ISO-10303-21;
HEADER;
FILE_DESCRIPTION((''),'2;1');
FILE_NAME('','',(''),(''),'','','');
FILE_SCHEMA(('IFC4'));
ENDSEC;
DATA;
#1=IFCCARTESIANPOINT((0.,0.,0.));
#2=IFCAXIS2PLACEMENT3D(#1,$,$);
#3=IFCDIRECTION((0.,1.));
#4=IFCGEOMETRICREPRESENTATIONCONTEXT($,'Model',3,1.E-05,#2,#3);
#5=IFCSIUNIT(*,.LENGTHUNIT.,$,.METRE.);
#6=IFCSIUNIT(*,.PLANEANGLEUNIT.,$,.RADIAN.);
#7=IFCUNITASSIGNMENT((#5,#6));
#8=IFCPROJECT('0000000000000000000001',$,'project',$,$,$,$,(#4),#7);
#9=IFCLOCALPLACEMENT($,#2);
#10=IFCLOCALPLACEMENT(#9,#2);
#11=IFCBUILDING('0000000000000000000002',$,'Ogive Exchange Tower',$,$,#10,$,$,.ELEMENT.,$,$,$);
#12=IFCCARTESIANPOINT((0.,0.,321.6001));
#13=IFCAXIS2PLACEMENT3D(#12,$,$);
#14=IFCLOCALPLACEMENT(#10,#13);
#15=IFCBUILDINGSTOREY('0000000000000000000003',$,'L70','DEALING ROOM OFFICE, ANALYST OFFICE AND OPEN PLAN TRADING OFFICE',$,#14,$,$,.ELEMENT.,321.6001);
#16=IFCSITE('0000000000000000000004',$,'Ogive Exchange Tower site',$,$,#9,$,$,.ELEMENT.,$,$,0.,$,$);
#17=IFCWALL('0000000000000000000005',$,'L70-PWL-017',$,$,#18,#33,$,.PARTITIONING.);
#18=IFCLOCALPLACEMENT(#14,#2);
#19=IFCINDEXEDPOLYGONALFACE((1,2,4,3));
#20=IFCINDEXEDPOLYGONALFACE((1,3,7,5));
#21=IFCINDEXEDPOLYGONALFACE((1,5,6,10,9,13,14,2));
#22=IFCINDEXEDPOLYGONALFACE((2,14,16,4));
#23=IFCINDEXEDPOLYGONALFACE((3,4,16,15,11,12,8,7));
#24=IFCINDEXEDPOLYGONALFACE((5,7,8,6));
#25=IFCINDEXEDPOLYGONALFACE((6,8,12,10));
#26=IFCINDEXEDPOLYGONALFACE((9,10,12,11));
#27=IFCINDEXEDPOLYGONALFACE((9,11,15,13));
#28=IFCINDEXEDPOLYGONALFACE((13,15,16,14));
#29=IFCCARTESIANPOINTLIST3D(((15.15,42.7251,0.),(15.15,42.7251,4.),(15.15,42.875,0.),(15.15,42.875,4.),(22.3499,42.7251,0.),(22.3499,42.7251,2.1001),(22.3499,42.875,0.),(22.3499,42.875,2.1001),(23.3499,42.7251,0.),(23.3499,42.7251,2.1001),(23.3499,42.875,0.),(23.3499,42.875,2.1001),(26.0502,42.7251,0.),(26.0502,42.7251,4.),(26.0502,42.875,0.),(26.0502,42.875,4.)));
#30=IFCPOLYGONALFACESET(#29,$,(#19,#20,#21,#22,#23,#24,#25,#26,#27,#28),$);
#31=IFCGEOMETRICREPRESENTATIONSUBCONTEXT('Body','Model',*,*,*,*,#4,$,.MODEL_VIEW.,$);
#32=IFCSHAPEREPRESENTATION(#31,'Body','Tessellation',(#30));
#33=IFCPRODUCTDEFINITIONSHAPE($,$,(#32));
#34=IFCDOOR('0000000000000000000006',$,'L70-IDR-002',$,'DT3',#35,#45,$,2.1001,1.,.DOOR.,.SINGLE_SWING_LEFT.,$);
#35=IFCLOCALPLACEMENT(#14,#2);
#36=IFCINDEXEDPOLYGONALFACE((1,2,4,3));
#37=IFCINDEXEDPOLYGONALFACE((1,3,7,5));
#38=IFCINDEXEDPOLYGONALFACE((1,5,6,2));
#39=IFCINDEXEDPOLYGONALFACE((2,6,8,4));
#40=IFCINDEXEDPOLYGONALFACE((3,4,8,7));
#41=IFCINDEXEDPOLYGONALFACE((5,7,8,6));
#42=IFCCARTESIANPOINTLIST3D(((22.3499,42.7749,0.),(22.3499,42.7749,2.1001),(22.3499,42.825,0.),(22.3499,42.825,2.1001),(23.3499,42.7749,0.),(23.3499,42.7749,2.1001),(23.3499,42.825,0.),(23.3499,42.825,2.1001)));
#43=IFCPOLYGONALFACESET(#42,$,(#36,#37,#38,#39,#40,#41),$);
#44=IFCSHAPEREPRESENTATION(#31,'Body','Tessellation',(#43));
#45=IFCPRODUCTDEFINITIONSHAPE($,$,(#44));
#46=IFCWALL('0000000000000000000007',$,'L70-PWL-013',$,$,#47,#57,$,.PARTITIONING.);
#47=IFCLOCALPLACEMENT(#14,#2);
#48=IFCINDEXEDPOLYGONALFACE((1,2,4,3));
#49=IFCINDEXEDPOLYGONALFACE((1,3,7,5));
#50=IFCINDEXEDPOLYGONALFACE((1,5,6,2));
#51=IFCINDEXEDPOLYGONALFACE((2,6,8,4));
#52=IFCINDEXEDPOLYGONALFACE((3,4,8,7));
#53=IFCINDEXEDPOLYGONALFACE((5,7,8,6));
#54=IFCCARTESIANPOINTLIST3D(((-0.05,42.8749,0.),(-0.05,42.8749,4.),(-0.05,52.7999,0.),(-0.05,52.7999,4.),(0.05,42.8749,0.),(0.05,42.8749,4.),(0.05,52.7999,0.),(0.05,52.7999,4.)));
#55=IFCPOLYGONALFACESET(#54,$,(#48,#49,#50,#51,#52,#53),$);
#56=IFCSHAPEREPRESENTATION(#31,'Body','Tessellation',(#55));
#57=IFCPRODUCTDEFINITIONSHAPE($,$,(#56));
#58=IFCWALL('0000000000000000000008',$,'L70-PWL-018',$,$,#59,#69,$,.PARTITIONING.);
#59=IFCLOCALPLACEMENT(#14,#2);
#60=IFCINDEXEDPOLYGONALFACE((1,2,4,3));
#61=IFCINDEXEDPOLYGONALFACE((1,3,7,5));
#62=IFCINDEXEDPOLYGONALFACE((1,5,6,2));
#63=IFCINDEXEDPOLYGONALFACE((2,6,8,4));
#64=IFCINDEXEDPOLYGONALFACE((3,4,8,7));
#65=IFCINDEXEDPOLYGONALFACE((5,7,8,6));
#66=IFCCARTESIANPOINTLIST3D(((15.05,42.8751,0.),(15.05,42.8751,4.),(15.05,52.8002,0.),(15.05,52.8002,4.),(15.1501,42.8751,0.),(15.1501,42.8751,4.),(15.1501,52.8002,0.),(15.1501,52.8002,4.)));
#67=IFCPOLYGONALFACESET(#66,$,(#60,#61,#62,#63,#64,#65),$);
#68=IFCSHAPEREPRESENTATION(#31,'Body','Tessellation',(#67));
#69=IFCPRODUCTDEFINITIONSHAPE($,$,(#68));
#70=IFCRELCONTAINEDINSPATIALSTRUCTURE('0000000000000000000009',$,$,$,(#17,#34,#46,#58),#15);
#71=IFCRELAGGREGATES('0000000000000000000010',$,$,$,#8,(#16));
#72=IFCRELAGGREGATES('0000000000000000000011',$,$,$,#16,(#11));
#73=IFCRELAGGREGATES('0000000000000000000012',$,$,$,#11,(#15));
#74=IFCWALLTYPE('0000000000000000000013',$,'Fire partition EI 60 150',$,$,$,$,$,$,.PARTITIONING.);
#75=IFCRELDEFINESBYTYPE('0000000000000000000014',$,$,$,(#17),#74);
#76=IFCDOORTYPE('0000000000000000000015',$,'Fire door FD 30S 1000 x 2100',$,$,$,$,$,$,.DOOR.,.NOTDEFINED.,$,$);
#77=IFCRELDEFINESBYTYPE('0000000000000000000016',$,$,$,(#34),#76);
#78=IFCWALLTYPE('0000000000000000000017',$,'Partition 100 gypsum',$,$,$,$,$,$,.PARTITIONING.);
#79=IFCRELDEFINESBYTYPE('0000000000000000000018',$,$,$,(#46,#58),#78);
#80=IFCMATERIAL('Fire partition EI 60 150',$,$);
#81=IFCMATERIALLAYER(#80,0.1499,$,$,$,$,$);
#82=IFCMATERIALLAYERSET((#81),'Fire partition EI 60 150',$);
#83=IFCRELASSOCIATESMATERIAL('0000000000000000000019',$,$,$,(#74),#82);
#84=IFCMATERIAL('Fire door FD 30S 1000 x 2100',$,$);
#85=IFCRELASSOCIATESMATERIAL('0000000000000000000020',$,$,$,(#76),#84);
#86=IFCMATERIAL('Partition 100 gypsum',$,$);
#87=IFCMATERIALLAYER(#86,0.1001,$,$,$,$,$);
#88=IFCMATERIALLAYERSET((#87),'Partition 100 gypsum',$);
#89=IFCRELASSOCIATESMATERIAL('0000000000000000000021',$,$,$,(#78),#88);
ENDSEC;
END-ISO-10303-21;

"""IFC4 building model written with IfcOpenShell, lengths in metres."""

from ifc_helpers import new_model, si_unit, direction, frame, frame_2d, origin, place, context, subcontext, project, spatial, rectangle, extrude, material, layer, layer_set, type_object, element, fill, save


model = new_model("IFC4")

# Units and contexts
model_context = context("Model", 3, precision=1e-05, world=origin(), true_north=direction((0.0, 1.0)))
body_context = subcontext(model_context, "Body", "Model", "MODEL_VIEW")
ifc_project = project(units=[si_unit("LENGTHUNIT", "METRE"), si_unit("PLANEANGLEUNIT", "RADIAN")], contexts=[model_context])

# Site, building, storey
site_placement = place(None, origin())
site = spatial("IfcSite", under=ifc_project, at=site_placement, Name="Ogive Exchange Tower site", CompositionType="ELEMENT", RefElevation=0.0)
building_placement = place(site_placement, origin())
building = spatial("IfcBuilding", under=site, at=building_placement, Name="Ogive Exchange Tower", CompositionType="ELEMENT")
storey_placement = place(building_placement, frame((0.0, 0.0, 321.6001)))
storey = spatial("IfcBuildingStorey", under=building, at=storey_placement, Name="L70", Description="DEALING ROOM OFFICE, ANALYST OFFICE AND OPEN PLAN TRADING OFFICE", CompositionType="ELEMENT", Elevation=321.6001)

# Shared definitions
ifc_material_1 = material(Name="Fire partition EI 60 150")
ifc_layer_1 = layer(ifc_material_1, 0.1499)
ifc_layer_set_1 = layer_set([ifc_layer_1], Name="Fire partition EI 60 150")
wall_type_1 = type_object("IfcWallType", Name="Fire partition EI 60 150", PredefinedType="PARTITIONING", material=ifc_layer_set_1)

# Shared definitions
ifc_material_2 = material(Name="Fire door FD 30S 1000 x 2100")
door_type = type_object("IfcDoorType", Name="Fire door FD 30S 1000 x 2100", OperationType="NOTDEFINED", PredefinedType="DOOR", material=ifc_material_2)

# Wall, opening, door
wall_1_placement = place(storey_placement, frame((15.1499, 42.8, 0.0), z_axis=(0.0, 0.0, 1.0), x_axis=(1.0, 0.0, 0.0)))
wall_1 = element("IfcWall", 1, at=wall_1_placement, inside=storey, type_object=wall_type_1, Name="L70-PWL-017", PredefinedType="PARTITIONING", context=body_context, shape_type="SweptSolid", body=[
    extrude(rectangle(XDim=10.9001, YDim=0.1499, at=frame_2d((5.4502, 0.0))), origin(), (0.0, 0.0, 1.0), 4.0),
])
opening_1_placement = place(wall_1_placement, frame((7.2, 0.0, 0.0)))
opening_1 = element("IfcOpeningElement", 2, at=opening_1_placement, cuts=wall_1, PredefinedType="OPENING", context=body_context, shape_type="SweptSolid", body=[
    extrude(rectangle(XDim=1.0, YDim=2.1001, at=frame_2d((0.5, 1.05))), frame((0.0, 0.085, 0.0), z_axis=(0.0, -1.0, 0.0), x_axis=(1.0, 0.0, 0.0)), (0.0, 0.0, 1.0), 0.1699),
])
door_1_placement = place(opening_1_placement, origin())
door_1 = element("IfcDoor", 3, at=door_1_placement, inside=storey, type_object=door_type, Name="L70-IDR-002", ObjectType="DT3", OperationType="SINGLE_SWING_LEFT", OverallHeight=2.1001, OverallWidth=1.0, PredefinedType="DOOR", context=body_context, shape_type="SweptSolid", body=[
    extrude(rectangle(XDim=1.0, YDim=2.1001, at=frame_2d((0.5, 1.05))), frame((0.0, 0.0249, 0.0), z_axis=(0.0, -1.0, 0.0), x_axis=(1.0, 0.0, 0.0)), (0.0, 0.0, 1.0), 0.05),
])
fill(opening_1, door_1)

# Walls
ifc_material_3 = material(Name="Partition 100 gypsum")
ifc_layer_2 = layer(ifc_material_3, 0.1001)
ifc_layer_set_2 = layer_set([ifc_layer_2], Name="Partition 100 gypsum")
wall_type_2 = type_object("IfcWallType", Name="Partition 100 gypsum", PredefinedType="PARTITIONING", material=ifc_layer_set_2)
for number, where, z_axis, x_axis, name in (
    (4, (0.0, 42.875, 0.0), (0.0, 0.0, 1.0), (0.0, 1.0, 0.0), "L70-PWL-013"),
    (5, (15.1001, 52.8, 0.0), (0.0, 0.0, 1.0), (0.0, -1.0, 0.0), "L70-PWL-018"),
):
    element("IfcWall", number, at=place(storey_placement, frame(where, z_axis=z_axis, x_axis=x_axis)), inside=storey, type_object=wall_type_2, Name=name, PredefinedType="PARTITIONING", context=body_context, shape_type="SweptSolid", body=[
        extrude(rectangle(XDim=9.925, YDim=0.1001, at=frame_2d((4.9624, 0.0))), origin(), (0.0, 0.0, 1.0), 4.0),
    ])

save(model, "model.ifc")
